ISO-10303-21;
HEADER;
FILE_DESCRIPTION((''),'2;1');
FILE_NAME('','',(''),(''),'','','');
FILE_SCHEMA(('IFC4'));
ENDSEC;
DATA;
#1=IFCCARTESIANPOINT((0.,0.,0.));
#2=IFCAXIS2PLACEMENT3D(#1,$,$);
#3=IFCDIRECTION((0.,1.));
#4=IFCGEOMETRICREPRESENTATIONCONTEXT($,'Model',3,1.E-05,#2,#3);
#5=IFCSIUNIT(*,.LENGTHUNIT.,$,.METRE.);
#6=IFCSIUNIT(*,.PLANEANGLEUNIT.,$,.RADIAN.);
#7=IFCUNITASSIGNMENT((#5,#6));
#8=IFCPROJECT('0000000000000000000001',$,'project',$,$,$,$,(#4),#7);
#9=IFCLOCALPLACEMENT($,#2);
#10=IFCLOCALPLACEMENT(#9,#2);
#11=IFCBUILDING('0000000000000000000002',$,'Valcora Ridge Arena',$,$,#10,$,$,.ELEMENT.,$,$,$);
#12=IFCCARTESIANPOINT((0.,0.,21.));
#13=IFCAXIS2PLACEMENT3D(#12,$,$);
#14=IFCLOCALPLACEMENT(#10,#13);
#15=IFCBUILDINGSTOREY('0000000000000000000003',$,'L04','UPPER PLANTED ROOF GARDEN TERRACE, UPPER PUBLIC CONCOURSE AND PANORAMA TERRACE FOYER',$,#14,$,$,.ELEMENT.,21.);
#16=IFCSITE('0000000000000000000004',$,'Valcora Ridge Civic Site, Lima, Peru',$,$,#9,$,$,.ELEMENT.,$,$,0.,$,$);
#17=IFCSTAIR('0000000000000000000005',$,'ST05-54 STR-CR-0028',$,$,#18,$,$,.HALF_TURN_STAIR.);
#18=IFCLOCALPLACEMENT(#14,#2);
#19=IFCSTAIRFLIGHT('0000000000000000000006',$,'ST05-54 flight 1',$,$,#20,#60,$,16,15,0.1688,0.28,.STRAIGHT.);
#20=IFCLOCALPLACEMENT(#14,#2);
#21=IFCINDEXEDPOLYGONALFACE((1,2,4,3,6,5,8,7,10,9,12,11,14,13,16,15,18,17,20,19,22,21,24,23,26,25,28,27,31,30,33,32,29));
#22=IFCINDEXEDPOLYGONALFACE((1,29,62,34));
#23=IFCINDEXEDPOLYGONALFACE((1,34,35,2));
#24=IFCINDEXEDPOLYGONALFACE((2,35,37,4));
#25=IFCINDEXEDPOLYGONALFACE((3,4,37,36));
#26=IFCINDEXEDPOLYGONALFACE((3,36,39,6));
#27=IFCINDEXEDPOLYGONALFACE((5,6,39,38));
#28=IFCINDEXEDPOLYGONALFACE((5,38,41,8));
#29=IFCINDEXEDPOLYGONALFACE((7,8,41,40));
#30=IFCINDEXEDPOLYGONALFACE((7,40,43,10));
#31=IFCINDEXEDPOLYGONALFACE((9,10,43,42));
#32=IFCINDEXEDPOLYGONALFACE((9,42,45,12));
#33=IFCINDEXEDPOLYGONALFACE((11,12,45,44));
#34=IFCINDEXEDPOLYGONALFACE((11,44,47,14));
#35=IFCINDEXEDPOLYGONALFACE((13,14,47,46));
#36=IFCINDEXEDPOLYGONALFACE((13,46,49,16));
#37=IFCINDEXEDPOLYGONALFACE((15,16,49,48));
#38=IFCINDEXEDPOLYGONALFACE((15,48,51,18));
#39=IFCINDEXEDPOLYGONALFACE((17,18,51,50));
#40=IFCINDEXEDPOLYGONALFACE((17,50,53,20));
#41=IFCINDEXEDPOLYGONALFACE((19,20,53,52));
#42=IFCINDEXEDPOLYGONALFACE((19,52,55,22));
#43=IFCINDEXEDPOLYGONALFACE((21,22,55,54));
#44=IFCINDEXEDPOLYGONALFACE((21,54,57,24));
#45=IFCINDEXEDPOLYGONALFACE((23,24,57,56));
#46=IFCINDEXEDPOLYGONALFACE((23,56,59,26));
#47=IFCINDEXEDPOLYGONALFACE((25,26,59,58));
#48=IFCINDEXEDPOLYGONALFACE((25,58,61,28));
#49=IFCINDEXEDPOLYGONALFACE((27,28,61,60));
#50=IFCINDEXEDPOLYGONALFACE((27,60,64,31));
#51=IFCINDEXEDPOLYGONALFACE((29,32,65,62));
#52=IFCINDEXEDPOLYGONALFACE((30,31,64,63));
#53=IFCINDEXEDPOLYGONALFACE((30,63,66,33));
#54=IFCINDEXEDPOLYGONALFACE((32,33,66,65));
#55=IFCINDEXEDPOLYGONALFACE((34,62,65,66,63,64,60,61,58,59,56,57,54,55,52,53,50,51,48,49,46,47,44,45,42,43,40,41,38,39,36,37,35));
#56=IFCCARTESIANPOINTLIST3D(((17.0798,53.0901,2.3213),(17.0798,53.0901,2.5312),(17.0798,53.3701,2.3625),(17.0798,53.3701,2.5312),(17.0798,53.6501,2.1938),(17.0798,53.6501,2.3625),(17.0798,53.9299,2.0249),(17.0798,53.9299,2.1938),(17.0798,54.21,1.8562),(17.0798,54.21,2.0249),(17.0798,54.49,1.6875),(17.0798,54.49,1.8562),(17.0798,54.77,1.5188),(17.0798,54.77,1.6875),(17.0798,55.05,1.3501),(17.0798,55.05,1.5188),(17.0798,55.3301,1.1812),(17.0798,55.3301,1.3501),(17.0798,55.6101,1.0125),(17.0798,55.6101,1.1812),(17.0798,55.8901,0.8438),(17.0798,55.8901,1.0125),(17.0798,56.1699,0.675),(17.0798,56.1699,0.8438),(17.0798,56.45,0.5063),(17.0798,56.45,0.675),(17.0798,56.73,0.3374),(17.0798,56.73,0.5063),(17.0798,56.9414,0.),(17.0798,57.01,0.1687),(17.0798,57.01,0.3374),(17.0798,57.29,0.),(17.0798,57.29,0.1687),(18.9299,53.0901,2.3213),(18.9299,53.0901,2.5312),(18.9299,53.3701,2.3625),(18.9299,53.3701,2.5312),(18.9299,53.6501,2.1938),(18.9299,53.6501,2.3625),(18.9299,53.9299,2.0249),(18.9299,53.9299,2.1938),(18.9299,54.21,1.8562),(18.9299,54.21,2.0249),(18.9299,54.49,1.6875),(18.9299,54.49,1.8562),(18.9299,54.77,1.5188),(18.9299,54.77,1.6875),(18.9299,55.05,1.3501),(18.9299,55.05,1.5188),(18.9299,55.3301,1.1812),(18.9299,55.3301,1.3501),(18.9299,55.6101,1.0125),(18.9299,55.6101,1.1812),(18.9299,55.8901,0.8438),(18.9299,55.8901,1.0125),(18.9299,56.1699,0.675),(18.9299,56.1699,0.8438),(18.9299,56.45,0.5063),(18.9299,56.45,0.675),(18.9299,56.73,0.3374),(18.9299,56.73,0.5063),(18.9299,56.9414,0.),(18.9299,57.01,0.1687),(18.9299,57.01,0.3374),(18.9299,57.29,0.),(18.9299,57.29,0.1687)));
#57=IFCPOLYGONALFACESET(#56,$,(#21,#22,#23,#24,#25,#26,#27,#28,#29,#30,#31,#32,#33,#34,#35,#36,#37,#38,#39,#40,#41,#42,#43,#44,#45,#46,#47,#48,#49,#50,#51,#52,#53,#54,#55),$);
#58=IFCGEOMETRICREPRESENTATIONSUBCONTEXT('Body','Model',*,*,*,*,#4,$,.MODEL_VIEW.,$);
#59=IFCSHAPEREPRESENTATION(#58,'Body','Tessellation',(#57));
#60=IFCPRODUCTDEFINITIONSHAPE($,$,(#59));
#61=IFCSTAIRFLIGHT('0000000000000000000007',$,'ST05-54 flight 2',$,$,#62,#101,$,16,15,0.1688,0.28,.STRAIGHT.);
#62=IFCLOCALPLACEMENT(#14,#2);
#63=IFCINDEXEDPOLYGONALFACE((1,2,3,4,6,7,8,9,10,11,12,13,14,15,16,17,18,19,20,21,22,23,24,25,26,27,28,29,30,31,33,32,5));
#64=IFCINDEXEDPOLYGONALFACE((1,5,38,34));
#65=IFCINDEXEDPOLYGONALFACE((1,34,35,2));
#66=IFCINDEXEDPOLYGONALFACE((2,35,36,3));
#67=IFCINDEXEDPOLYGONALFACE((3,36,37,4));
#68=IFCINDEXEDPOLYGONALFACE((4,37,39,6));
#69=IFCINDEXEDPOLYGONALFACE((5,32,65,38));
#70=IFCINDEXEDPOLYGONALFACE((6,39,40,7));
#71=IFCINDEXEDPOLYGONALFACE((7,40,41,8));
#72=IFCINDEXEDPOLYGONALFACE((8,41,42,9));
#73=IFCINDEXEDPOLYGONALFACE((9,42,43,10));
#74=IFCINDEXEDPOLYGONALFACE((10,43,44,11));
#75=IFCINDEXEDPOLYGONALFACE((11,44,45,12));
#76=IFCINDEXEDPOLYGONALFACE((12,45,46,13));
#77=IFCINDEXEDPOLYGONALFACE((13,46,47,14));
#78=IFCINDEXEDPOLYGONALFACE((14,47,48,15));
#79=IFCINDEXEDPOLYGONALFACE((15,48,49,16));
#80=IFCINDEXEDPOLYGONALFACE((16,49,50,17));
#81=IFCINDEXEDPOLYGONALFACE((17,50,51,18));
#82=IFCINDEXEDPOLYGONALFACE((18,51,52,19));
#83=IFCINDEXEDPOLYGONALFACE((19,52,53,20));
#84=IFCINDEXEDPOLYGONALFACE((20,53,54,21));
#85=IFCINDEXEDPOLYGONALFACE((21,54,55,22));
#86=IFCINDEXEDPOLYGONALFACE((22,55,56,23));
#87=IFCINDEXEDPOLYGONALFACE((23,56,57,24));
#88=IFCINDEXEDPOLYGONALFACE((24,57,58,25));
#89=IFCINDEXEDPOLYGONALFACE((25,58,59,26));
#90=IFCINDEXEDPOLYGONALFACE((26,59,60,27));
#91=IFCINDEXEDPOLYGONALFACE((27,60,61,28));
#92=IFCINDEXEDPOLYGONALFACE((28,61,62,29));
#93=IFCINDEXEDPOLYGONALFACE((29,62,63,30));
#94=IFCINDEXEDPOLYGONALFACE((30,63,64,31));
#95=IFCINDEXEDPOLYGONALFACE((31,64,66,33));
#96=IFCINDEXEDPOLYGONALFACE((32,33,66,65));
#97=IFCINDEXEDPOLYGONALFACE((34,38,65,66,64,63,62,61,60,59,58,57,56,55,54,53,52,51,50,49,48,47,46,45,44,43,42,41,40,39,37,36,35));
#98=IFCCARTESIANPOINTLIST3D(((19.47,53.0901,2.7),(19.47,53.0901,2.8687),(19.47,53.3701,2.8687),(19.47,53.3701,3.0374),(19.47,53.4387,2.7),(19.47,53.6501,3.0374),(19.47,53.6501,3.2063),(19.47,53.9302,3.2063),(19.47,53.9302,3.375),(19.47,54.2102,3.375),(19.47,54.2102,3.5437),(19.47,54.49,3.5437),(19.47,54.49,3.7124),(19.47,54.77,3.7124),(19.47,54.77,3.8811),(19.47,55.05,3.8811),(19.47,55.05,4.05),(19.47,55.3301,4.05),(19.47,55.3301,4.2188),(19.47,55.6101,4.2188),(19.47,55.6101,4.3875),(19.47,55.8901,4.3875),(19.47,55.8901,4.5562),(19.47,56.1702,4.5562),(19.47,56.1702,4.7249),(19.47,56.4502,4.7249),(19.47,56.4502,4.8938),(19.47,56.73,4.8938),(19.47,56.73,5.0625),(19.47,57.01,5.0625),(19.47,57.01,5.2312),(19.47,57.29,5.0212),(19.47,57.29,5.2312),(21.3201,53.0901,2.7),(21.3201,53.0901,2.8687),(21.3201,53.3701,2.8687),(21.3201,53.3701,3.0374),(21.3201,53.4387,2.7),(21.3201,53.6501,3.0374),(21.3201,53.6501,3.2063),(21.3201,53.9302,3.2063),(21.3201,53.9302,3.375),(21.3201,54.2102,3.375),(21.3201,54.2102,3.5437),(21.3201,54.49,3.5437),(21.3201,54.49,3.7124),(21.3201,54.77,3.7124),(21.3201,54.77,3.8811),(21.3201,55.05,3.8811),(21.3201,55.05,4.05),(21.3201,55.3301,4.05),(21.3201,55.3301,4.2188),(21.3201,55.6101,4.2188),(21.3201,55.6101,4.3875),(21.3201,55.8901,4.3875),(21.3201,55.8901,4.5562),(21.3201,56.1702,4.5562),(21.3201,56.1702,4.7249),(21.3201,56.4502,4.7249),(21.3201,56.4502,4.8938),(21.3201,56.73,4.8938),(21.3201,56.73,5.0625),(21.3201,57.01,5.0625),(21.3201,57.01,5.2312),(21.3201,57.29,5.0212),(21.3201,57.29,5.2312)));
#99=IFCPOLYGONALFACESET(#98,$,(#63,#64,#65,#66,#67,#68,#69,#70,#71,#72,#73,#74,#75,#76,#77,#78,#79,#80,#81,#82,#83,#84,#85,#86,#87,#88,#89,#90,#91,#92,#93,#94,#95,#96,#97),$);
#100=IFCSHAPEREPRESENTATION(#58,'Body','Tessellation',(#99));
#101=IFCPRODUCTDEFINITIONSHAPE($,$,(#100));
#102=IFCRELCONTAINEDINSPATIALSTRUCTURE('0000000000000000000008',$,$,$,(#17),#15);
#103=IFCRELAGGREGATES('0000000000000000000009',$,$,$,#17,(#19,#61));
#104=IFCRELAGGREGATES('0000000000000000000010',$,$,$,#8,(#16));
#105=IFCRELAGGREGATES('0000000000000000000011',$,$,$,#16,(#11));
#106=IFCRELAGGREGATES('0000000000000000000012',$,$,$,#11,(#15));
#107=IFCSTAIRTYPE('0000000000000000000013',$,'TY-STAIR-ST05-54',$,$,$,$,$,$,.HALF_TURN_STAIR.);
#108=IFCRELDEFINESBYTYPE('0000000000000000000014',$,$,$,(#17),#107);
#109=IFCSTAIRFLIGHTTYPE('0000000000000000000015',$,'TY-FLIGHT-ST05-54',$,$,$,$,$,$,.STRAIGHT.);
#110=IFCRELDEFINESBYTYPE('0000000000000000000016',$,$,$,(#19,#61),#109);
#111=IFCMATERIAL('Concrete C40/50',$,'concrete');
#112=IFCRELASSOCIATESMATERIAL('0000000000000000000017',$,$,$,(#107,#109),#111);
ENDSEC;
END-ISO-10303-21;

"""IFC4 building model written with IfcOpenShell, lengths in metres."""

from ifc_helpers import new_model, si_unit, direction, frame, origin, place, context, subcontext, project, spatial, polyline, outline, extrude, material, type_object, element, aggregate, save


model = new_model("IFC4")

# Units and contexts
model_context = context("Model", 3, precision=1e-05, world=origin(), true_north=direction((0.0, 1.0)))
body_context = subcontext(model_context, "Body", "Model", "MODEL_VIEW")
ifc_project = project(units=[si_unit("LENGTHUNIT", "METRE"), si_unit("PLANEANGLEUNIT", "RADIAN")], contexts=[model_context])

# Site, building, storey
site_placement = place(None, origin())
site = spatial("IfcSite", under=ifc_project, at=site_placement, Name="Valcora Ridge Civic Site, Lima, Peru", CompositionType="ELEMENT", RefElevation=0.0)
building_placement = place(site_placement, origin())
building = spatial("IfcBuilding", under=site, at=building_placement, Name="Valcora Ridge Arena", CompositionType="ELEMENT")
storey_placement = place(building_placement, frame((0.0, 0.0, 21.0)))
storey = spatial("IfcBuildingStorey", under=building, at=storey_placement, Name="L04", Description="UPPER PLANTED ROOF GARDEN TERRACE, UPPER PUBLIC CONCOURSE AND PANORAMA TERRACE FOYER", CompositionType="ELEMENT", Elevation=21.0)

# Stair, stair flights
ifc_material_1 = material(Name="Concrete C40/50", Category="concrete")
stair_type = type_object("IfcStairType", Name="TY-STAIR-ST05-54", PredefinedType="HALF_TURN_STAIR", material=ifc_material_1)
stair_placement = place(storey_placement, origin())
stair = element("IfcStair", 1, at=stair_placement, inside=storey, type_object=stair_type, Name="ST05-54 STR-CR-0028", PredefinedType="HALF_TURN_STAIR")
stair_flight_type = type_object("IfcStairFlightType", Name="TY-FLIGHT-ST05-54", PredefinedType="STRAIGHT", material=ifc_material_1)
stair_flight_1_placement = place(storey_placement, frame((18.0049, 57.29, 0.0), z_axis=(0.0, 0.0, 1.0), x_axis=(0.0, -1.0, 0.0)))
stair_flight_1 = element("IfcStairFlight", 2, at=stair_flight_1_placement, type_object=stair_flight_type, Name="ST05-54 flight 1", NumberOfRisers=16, NumberOfTreads=15, PredefinedType="STRAIGHT", RiserHeight=0.1688, TreadLength=0.28, context=body_context, shape_type="SweptSolid", body=[
    extrude(outline(polyline([(0.0, 0.0), (0.0, 0.1687), (0.28, 0.1687), (0.28, 0.3374), (0.5601, 0.3374), (0.5601, 0.5063), (0.8401, 0.5063), (0.8401, 0.675), (1.1201, 0.675), (1.1201, 0.8438), (1.3999, 0.8438), (1.3999, 1.0125), (1.6799, 1.0125), (1.6799, 1.1812), (1.96, 1.1812), (1.96, 1.3501), (2.24, 1.3501), (2.24, 1.5188), (2.52, 1.5188), (2.52, 1.6875), (2.8, 1.6875), (2.8, 1.8562), (3.0801, 1.8562), (3.0801, 2.0249), (3.3601, 2.0249), (3.3601, 2.1938), (3.6399, 2.1938), (3.6399, 2.3625), (3.9199, 2.3625), (3.9199, 2.5312), (4.2, 2.5312), (4.2, 2.7), (4.2, 2.3213), (0.3486, 0.0), (0.0, 0.0)])), frame((0.0, 0.925, 0.0), z_axis=(0.0, -1.0, 0.0), x_axis=(1.0, 0.0, 0.0)), (0.0, 0.0, 1.0), 1.8501),
])
stair_flight_2_placement = place(storey_placement, frame((20.395, 53.0901, 2.7), z_axis=(0.0, 0.0, 1.0), x_axis=(0.0, 1.0, 0.0)))
stair_flight_2 = element("IfcStairFlight", 3, at=stair_flight_2_placement, type_object=stair_flight_type, Name="ST05-54 flight 2", NumberOfRisers=16, NumberOfTreads=15, PredefinedType="STRAIGHT", RiserHeight=0.1688, TreadLength=0.28, context=body_context, shape_type="SweptSolid", body=[
    extrude(outline(polyline([(0.0, 0.0), (0.0, 0.1687), (0.28, 0.1687), (0.28, 0.3374), (0.5601, 0.3374), (0.5601, 0.5063), (0.8401, 0.5063), (0.8401, 0.675), (1.1201, 0.675), (1.1201, 0.8438), (1.3999, 0.8438), (1.3999, 1.0125), (1.6799, 1.0125), (1.6799, 1.1812), (1.96, 1.1812), (1.96, 1.3501), (2.24, 1.3501), (2.24, 1.5188), (2.52, 1.5188), (2.52, 1.6875), (2.8, 1.6875), (2.8, 1.8562), (3.0801, 1.8562), (3.0801, 2.0249), (3.3601, 2.0249), (3.3601, 2.1938), (3.6399, 2.1938), (3.6399, 2.3625), (3.9199, 2.3625), (3.9199, 2.5312), (4.2, 2.5312), (4.2, 2.7), (4.2, 2.3213), (0.3486, 0.0), (0.0, 0.0)])), frame((0.0, 0.925, 0.0), z_axis=(0.0, -1.0, 0.0), x_axis=(1.0, 0.0, 0.0)), (0.0, 0.0, 1.0), 1.8501),
])
aggregate(stair, [stair_flight_1, stair_flight_2])

save(model, "model.ifc")
